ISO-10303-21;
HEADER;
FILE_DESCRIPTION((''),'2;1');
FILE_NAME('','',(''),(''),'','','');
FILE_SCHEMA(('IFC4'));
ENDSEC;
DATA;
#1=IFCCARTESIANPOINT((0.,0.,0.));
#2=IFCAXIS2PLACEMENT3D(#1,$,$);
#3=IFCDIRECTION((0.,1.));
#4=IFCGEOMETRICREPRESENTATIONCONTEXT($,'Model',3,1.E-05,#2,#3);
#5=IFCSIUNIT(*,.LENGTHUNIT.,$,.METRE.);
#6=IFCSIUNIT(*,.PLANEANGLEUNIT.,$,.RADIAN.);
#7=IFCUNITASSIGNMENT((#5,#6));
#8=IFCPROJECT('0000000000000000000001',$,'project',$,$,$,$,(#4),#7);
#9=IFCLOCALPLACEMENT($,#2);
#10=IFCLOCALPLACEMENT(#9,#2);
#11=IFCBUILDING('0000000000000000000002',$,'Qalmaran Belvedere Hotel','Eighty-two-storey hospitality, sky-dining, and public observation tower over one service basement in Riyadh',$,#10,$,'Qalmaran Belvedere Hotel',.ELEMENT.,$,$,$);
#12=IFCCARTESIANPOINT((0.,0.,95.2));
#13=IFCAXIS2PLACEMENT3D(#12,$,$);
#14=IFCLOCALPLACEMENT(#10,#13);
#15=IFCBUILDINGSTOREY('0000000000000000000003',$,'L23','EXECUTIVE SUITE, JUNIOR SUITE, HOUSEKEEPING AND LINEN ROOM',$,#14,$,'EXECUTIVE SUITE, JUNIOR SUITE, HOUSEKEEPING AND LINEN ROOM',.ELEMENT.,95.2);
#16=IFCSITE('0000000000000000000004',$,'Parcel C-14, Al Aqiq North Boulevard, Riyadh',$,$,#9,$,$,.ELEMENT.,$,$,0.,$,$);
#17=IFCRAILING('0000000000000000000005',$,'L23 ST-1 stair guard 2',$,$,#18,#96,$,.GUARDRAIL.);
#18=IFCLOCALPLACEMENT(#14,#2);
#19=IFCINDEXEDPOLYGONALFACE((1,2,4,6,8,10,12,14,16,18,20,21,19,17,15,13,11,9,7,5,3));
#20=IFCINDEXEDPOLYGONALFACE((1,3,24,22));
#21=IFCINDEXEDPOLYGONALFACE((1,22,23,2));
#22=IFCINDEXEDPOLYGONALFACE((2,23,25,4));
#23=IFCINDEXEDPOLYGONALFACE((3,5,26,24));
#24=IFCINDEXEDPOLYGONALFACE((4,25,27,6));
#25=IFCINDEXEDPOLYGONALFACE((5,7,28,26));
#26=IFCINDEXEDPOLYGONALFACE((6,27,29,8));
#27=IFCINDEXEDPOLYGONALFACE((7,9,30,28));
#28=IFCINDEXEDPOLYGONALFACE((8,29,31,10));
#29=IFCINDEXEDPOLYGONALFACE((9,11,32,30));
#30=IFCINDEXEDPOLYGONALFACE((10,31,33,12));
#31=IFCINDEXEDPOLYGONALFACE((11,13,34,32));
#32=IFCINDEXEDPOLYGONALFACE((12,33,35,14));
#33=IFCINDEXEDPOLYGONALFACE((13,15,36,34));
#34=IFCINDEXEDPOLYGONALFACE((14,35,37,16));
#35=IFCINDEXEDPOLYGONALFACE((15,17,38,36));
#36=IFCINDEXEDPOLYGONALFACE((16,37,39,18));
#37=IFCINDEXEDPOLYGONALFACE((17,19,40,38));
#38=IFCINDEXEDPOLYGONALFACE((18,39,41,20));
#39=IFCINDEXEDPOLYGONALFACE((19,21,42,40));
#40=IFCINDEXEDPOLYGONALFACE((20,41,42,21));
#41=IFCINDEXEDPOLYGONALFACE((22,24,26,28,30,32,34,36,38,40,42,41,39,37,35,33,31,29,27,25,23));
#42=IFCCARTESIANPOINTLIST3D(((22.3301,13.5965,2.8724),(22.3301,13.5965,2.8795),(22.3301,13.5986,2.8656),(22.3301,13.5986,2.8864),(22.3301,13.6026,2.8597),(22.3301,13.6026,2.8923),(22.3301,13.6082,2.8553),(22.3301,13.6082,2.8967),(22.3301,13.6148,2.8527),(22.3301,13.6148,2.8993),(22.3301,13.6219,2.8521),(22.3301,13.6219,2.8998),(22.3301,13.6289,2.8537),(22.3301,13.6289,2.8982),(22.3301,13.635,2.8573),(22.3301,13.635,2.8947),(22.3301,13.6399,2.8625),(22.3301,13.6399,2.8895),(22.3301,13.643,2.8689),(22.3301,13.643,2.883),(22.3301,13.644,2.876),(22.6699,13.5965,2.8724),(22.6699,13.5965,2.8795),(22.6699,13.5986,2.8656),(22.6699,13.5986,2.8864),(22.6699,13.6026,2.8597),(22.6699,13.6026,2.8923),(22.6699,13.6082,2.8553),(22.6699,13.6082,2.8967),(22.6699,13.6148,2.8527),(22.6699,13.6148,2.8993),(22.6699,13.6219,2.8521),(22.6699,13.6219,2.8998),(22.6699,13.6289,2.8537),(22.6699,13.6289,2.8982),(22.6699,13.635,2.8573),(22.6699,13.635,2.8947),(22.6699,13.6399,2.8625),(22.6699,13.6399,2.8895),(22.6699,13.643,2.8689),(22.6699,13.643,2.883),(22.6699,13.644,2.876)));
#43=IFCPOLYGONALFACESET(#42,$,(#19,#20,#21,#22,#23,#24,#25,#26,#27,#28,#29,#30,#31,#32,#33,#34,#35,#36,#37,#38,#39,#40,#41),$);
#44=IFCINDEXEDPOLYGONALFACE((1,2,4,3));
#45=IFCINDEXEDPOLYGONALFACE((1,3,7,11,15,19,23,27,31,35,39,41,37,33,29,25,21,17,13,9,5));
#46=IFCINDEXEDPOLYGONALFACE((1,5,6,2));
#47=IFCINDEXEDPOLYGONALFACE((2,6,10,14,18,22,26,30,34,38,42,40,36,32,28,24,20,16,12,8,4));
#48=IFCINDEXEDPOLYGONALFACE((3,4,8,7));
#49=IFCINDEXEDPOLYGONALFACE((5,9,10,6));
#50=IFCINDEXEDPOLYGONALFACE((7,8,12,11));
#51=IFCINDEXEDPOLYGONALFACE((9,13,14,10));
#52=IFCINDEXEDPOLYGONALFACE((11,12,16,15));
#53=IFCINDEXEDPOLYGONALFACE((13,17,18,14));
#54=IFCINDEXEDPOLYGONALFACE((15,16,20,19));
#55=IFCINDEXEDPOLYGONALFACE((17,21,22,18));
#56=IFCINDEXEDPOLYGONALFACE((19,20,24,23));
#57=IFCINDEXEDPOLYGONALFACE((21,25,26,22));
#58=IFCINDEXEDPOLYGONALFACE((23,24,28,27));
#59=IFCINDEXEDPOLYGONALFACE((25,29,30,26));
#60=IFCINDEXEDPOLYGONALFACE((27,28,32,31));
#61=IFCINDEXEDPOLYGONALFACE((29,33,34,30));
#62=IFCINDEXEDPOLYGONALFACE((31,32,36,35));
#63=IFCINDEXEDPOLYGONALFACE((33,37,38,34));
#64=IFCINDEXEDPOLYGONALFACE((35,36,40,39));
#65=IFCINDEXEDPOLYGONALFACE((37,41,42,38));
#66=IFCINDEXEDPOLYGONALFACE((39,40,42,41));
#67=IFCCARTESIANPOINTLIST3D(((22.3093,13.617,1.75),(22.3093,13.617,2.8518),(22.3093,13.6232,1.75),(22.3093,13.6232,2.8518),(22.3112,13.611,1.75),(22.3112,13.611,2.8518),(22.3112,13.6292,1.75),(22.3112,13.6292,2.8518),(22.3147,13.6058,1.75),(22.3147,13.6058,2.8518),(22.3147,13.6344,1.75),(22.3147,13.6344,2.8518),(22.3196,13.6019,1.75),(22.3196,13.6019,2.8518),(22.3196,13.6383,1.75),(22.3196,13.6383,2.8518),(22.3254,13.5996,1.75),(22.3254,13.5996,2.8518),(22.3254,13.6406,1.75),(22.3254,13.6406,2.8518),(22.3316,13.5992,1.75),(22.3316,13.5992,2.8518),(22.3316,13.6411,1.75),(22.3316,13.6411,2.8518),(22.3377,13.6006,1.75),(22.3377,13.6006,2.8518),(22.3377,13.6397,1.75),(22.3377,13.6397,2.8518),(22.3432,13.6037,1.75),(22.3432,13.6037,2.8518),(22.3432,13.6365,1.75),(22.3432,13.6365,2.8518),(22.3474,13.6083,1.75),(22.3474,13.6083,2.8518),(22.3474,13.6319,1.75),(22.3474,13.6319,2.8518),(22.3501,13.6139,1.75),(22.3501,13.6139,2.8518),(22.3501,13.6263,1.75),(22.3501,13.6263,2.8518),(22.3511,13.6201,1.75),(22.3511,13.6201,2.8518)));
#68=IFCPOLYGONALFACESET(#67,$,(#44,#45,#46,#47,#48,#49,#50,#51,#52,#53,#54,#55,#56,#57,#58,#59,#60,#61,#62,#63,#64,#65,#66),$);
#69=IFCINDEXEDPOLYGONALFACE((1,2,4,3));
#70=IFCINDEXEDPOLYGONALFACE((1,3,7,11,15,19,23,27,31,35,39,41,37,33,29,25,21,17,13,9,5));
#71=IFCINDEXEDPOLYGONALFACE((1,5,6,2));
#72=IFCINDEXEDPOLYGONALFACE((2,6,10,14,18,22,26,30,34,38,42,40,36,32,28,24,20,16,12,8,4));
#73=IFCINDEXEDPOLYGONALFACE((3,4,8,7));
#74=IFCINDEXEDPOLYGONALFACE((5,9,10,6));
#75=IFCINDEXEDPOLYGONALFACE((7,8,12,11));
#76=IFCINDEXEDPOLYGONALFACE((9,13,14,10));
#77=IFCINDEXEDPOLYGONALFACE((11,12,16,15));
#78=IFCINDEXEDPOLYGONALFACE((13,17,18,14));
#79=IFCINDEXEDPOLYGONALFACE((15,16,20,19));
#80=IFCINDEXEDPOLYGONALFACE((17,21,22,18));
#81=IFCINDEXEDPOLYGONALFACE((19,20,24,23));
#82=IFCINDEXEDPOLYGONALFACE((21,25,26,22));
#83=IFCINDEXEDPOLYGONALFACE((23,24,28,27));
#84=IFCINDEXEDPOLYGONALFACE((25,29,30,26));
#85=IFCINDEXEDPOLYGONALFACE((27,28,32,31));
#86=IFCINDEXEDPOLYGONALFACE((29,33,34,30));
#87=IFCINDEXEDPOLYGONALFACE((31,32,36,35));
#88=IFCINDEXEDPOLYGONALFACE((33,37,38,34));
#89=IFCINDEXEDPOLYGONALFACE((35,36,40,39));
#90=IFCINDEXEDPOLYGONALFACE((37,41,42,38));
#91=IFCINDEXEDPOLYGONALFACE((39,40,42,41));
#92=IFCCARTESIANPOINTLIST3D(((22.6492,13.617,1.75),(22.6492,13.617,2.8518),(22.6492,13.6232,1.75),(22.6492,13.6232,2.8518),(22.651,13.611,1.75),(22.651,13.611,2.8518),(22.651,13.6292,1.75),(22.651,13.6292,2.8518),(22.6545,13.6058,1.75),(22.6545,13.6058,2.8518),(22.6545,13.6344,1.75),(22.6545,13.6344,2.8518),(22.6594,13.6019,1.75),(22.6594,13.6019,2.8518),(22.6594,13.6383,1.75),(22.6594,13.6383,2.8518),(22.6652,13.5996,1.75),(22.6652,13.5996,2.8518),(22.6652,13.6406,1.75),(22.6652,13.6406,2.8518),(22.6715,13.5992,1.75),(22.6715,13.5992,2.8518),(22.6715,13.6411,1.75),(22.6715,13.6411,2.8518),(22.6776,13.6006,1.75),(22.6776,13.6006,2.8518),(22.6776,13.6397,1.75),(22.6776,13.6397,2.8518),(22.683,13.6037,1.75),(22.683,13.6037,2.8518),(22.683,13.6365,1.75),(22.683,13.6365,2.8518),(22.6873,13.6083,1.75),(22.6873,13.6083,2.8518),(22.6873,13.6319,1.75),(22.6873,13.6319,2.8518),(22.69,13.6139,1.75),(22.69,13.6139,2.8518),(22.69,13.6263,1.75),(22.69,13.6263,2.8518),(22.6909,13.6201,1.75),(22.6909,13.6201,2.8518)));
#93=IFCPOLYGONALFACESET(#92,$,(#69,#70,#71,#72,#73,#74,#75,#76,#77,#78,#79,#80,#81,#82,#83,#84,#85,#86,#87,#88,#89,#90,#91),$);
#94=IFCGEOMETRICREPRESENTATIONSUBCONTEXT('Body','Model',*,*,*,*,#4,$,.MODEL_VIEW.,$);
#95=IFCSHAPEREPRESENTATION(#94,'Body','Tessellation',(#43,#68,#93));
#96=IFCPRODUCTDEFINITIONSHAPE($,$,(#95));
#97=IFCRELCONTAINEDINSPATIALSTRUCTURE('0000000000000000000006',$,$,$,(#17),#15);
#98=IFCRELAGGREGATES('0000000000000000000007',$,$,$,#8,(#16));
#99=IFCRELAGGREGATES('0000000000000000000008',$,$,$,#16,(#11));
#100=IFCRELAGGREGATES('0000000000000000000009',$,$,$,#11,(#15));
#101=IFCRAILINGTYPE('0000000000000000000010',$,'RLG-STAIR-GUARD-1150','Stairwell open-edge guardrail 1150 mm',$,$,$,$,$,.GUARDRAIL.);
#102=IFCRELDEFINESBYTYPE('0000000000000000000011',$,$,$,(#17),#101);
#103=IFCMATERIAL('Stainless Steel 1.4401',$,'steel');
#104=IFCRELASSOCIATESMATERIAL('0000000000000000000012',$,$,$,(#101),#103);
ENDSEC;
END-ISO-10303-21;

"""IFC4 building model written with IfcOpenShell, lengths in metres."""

from ifc_helpers import new_model, si_unit, direction, frame, origin, origin_2d, place, context, subcontext, project, spatial, circle, extrude, material, type_object, element, save


model = new_model("IFC4")

# Units and contexts
model_context = context("Model", 3, precision=1e-05, world=origin(), true_north=direction((0.0, 1.0)))
body_context = subcontext(model_context, "Body", "Model", "MODEL_VIEW")
ifc_project = project(units=[si_unit("LENGTHUNIT", "METRE"), si_unit("PLANEANGLEUNIT", "RADIAN")], contexts=[model_context])

# Site, building, storey
site_placement = place(None, origin())
site = spatial("IfcSite", under=ifc_project, at=site_placement, Name="Parcel C-14, Al Aqiq North Boulevard, Riyadh", CompositionType="ELEMENT", RefElevation=0.0)
building_placement = place(site_placement, origin())
building = spatial("IfcBuilding", under=site, at=building_placement, Name="Qalmaran Belvedere Hotel", Description="Eighty-two-storey hospitality, sky-dining, and public observation tower over one service basement in Riyadh", LongName="Qalmaran Belvedere Hotel", CompositionType="ELEMENT")
storey_placement = place(building_placement, frame((0.0, 0.0, 95.2)))
storey = spatial("IfcBuildingStorey", under=building, at=storey_placement, Name="L23", Description="EXECUTIVE SUITE, JUNIOR SUITE, HOUSEKEEPING AND LINEN ROOM", LongName="EXECUTIVE SUITE, JUNIOR SUITE, HOUSEKEEPING AND LINEN ROOM", CompositionType="ELEMENT", Elevation=95.2)

# Shared definitions
ifc_material_1 = material(Name="Stainless Steel 1.4401", Category="steel")

# Railing
railing_type_1 = type_object("IfcRailingType", Name="RLG-STAIR-GUARD-1150", Description="Stairwell open-edge guardrail 1150 mm", PredefinedType="GUARDRAIL", material=ifc_material_1)
railing_1_placement = place(storey_placement, frame((22.3301, 13.6201, 1.75)))
element("IfcRailing", 1, at=railing_1_placement, inside=storey, type_object=railing_type_1, Name="L23 ST-1 stair guard 2", PredefinedType="GUARDRAIL", context=body_context, shape_type="SweptSolid", body=[
    extrude(circle(Radius=0.0239, at=origin_2d()), frame((0.0, 0.0, 1.126), z_axis=(1.0, 0.0, 0.0), x_axis=(0.0, 1.0, 0.0)), (0.0, 0.0, 1.0), 0.3398),
    extrude(circle(Radius=0.021, at=origin_2d()), origin(), (0.0, 0.0, 1.0), 1.1018),
    extrude(circle(Radius=0.021, at=origin_2d()), frame((0.3398, 0.0, 0.0)), (0.0, 0.0, 1.0), 1.1018),
])

save(model, "model.ifc")
